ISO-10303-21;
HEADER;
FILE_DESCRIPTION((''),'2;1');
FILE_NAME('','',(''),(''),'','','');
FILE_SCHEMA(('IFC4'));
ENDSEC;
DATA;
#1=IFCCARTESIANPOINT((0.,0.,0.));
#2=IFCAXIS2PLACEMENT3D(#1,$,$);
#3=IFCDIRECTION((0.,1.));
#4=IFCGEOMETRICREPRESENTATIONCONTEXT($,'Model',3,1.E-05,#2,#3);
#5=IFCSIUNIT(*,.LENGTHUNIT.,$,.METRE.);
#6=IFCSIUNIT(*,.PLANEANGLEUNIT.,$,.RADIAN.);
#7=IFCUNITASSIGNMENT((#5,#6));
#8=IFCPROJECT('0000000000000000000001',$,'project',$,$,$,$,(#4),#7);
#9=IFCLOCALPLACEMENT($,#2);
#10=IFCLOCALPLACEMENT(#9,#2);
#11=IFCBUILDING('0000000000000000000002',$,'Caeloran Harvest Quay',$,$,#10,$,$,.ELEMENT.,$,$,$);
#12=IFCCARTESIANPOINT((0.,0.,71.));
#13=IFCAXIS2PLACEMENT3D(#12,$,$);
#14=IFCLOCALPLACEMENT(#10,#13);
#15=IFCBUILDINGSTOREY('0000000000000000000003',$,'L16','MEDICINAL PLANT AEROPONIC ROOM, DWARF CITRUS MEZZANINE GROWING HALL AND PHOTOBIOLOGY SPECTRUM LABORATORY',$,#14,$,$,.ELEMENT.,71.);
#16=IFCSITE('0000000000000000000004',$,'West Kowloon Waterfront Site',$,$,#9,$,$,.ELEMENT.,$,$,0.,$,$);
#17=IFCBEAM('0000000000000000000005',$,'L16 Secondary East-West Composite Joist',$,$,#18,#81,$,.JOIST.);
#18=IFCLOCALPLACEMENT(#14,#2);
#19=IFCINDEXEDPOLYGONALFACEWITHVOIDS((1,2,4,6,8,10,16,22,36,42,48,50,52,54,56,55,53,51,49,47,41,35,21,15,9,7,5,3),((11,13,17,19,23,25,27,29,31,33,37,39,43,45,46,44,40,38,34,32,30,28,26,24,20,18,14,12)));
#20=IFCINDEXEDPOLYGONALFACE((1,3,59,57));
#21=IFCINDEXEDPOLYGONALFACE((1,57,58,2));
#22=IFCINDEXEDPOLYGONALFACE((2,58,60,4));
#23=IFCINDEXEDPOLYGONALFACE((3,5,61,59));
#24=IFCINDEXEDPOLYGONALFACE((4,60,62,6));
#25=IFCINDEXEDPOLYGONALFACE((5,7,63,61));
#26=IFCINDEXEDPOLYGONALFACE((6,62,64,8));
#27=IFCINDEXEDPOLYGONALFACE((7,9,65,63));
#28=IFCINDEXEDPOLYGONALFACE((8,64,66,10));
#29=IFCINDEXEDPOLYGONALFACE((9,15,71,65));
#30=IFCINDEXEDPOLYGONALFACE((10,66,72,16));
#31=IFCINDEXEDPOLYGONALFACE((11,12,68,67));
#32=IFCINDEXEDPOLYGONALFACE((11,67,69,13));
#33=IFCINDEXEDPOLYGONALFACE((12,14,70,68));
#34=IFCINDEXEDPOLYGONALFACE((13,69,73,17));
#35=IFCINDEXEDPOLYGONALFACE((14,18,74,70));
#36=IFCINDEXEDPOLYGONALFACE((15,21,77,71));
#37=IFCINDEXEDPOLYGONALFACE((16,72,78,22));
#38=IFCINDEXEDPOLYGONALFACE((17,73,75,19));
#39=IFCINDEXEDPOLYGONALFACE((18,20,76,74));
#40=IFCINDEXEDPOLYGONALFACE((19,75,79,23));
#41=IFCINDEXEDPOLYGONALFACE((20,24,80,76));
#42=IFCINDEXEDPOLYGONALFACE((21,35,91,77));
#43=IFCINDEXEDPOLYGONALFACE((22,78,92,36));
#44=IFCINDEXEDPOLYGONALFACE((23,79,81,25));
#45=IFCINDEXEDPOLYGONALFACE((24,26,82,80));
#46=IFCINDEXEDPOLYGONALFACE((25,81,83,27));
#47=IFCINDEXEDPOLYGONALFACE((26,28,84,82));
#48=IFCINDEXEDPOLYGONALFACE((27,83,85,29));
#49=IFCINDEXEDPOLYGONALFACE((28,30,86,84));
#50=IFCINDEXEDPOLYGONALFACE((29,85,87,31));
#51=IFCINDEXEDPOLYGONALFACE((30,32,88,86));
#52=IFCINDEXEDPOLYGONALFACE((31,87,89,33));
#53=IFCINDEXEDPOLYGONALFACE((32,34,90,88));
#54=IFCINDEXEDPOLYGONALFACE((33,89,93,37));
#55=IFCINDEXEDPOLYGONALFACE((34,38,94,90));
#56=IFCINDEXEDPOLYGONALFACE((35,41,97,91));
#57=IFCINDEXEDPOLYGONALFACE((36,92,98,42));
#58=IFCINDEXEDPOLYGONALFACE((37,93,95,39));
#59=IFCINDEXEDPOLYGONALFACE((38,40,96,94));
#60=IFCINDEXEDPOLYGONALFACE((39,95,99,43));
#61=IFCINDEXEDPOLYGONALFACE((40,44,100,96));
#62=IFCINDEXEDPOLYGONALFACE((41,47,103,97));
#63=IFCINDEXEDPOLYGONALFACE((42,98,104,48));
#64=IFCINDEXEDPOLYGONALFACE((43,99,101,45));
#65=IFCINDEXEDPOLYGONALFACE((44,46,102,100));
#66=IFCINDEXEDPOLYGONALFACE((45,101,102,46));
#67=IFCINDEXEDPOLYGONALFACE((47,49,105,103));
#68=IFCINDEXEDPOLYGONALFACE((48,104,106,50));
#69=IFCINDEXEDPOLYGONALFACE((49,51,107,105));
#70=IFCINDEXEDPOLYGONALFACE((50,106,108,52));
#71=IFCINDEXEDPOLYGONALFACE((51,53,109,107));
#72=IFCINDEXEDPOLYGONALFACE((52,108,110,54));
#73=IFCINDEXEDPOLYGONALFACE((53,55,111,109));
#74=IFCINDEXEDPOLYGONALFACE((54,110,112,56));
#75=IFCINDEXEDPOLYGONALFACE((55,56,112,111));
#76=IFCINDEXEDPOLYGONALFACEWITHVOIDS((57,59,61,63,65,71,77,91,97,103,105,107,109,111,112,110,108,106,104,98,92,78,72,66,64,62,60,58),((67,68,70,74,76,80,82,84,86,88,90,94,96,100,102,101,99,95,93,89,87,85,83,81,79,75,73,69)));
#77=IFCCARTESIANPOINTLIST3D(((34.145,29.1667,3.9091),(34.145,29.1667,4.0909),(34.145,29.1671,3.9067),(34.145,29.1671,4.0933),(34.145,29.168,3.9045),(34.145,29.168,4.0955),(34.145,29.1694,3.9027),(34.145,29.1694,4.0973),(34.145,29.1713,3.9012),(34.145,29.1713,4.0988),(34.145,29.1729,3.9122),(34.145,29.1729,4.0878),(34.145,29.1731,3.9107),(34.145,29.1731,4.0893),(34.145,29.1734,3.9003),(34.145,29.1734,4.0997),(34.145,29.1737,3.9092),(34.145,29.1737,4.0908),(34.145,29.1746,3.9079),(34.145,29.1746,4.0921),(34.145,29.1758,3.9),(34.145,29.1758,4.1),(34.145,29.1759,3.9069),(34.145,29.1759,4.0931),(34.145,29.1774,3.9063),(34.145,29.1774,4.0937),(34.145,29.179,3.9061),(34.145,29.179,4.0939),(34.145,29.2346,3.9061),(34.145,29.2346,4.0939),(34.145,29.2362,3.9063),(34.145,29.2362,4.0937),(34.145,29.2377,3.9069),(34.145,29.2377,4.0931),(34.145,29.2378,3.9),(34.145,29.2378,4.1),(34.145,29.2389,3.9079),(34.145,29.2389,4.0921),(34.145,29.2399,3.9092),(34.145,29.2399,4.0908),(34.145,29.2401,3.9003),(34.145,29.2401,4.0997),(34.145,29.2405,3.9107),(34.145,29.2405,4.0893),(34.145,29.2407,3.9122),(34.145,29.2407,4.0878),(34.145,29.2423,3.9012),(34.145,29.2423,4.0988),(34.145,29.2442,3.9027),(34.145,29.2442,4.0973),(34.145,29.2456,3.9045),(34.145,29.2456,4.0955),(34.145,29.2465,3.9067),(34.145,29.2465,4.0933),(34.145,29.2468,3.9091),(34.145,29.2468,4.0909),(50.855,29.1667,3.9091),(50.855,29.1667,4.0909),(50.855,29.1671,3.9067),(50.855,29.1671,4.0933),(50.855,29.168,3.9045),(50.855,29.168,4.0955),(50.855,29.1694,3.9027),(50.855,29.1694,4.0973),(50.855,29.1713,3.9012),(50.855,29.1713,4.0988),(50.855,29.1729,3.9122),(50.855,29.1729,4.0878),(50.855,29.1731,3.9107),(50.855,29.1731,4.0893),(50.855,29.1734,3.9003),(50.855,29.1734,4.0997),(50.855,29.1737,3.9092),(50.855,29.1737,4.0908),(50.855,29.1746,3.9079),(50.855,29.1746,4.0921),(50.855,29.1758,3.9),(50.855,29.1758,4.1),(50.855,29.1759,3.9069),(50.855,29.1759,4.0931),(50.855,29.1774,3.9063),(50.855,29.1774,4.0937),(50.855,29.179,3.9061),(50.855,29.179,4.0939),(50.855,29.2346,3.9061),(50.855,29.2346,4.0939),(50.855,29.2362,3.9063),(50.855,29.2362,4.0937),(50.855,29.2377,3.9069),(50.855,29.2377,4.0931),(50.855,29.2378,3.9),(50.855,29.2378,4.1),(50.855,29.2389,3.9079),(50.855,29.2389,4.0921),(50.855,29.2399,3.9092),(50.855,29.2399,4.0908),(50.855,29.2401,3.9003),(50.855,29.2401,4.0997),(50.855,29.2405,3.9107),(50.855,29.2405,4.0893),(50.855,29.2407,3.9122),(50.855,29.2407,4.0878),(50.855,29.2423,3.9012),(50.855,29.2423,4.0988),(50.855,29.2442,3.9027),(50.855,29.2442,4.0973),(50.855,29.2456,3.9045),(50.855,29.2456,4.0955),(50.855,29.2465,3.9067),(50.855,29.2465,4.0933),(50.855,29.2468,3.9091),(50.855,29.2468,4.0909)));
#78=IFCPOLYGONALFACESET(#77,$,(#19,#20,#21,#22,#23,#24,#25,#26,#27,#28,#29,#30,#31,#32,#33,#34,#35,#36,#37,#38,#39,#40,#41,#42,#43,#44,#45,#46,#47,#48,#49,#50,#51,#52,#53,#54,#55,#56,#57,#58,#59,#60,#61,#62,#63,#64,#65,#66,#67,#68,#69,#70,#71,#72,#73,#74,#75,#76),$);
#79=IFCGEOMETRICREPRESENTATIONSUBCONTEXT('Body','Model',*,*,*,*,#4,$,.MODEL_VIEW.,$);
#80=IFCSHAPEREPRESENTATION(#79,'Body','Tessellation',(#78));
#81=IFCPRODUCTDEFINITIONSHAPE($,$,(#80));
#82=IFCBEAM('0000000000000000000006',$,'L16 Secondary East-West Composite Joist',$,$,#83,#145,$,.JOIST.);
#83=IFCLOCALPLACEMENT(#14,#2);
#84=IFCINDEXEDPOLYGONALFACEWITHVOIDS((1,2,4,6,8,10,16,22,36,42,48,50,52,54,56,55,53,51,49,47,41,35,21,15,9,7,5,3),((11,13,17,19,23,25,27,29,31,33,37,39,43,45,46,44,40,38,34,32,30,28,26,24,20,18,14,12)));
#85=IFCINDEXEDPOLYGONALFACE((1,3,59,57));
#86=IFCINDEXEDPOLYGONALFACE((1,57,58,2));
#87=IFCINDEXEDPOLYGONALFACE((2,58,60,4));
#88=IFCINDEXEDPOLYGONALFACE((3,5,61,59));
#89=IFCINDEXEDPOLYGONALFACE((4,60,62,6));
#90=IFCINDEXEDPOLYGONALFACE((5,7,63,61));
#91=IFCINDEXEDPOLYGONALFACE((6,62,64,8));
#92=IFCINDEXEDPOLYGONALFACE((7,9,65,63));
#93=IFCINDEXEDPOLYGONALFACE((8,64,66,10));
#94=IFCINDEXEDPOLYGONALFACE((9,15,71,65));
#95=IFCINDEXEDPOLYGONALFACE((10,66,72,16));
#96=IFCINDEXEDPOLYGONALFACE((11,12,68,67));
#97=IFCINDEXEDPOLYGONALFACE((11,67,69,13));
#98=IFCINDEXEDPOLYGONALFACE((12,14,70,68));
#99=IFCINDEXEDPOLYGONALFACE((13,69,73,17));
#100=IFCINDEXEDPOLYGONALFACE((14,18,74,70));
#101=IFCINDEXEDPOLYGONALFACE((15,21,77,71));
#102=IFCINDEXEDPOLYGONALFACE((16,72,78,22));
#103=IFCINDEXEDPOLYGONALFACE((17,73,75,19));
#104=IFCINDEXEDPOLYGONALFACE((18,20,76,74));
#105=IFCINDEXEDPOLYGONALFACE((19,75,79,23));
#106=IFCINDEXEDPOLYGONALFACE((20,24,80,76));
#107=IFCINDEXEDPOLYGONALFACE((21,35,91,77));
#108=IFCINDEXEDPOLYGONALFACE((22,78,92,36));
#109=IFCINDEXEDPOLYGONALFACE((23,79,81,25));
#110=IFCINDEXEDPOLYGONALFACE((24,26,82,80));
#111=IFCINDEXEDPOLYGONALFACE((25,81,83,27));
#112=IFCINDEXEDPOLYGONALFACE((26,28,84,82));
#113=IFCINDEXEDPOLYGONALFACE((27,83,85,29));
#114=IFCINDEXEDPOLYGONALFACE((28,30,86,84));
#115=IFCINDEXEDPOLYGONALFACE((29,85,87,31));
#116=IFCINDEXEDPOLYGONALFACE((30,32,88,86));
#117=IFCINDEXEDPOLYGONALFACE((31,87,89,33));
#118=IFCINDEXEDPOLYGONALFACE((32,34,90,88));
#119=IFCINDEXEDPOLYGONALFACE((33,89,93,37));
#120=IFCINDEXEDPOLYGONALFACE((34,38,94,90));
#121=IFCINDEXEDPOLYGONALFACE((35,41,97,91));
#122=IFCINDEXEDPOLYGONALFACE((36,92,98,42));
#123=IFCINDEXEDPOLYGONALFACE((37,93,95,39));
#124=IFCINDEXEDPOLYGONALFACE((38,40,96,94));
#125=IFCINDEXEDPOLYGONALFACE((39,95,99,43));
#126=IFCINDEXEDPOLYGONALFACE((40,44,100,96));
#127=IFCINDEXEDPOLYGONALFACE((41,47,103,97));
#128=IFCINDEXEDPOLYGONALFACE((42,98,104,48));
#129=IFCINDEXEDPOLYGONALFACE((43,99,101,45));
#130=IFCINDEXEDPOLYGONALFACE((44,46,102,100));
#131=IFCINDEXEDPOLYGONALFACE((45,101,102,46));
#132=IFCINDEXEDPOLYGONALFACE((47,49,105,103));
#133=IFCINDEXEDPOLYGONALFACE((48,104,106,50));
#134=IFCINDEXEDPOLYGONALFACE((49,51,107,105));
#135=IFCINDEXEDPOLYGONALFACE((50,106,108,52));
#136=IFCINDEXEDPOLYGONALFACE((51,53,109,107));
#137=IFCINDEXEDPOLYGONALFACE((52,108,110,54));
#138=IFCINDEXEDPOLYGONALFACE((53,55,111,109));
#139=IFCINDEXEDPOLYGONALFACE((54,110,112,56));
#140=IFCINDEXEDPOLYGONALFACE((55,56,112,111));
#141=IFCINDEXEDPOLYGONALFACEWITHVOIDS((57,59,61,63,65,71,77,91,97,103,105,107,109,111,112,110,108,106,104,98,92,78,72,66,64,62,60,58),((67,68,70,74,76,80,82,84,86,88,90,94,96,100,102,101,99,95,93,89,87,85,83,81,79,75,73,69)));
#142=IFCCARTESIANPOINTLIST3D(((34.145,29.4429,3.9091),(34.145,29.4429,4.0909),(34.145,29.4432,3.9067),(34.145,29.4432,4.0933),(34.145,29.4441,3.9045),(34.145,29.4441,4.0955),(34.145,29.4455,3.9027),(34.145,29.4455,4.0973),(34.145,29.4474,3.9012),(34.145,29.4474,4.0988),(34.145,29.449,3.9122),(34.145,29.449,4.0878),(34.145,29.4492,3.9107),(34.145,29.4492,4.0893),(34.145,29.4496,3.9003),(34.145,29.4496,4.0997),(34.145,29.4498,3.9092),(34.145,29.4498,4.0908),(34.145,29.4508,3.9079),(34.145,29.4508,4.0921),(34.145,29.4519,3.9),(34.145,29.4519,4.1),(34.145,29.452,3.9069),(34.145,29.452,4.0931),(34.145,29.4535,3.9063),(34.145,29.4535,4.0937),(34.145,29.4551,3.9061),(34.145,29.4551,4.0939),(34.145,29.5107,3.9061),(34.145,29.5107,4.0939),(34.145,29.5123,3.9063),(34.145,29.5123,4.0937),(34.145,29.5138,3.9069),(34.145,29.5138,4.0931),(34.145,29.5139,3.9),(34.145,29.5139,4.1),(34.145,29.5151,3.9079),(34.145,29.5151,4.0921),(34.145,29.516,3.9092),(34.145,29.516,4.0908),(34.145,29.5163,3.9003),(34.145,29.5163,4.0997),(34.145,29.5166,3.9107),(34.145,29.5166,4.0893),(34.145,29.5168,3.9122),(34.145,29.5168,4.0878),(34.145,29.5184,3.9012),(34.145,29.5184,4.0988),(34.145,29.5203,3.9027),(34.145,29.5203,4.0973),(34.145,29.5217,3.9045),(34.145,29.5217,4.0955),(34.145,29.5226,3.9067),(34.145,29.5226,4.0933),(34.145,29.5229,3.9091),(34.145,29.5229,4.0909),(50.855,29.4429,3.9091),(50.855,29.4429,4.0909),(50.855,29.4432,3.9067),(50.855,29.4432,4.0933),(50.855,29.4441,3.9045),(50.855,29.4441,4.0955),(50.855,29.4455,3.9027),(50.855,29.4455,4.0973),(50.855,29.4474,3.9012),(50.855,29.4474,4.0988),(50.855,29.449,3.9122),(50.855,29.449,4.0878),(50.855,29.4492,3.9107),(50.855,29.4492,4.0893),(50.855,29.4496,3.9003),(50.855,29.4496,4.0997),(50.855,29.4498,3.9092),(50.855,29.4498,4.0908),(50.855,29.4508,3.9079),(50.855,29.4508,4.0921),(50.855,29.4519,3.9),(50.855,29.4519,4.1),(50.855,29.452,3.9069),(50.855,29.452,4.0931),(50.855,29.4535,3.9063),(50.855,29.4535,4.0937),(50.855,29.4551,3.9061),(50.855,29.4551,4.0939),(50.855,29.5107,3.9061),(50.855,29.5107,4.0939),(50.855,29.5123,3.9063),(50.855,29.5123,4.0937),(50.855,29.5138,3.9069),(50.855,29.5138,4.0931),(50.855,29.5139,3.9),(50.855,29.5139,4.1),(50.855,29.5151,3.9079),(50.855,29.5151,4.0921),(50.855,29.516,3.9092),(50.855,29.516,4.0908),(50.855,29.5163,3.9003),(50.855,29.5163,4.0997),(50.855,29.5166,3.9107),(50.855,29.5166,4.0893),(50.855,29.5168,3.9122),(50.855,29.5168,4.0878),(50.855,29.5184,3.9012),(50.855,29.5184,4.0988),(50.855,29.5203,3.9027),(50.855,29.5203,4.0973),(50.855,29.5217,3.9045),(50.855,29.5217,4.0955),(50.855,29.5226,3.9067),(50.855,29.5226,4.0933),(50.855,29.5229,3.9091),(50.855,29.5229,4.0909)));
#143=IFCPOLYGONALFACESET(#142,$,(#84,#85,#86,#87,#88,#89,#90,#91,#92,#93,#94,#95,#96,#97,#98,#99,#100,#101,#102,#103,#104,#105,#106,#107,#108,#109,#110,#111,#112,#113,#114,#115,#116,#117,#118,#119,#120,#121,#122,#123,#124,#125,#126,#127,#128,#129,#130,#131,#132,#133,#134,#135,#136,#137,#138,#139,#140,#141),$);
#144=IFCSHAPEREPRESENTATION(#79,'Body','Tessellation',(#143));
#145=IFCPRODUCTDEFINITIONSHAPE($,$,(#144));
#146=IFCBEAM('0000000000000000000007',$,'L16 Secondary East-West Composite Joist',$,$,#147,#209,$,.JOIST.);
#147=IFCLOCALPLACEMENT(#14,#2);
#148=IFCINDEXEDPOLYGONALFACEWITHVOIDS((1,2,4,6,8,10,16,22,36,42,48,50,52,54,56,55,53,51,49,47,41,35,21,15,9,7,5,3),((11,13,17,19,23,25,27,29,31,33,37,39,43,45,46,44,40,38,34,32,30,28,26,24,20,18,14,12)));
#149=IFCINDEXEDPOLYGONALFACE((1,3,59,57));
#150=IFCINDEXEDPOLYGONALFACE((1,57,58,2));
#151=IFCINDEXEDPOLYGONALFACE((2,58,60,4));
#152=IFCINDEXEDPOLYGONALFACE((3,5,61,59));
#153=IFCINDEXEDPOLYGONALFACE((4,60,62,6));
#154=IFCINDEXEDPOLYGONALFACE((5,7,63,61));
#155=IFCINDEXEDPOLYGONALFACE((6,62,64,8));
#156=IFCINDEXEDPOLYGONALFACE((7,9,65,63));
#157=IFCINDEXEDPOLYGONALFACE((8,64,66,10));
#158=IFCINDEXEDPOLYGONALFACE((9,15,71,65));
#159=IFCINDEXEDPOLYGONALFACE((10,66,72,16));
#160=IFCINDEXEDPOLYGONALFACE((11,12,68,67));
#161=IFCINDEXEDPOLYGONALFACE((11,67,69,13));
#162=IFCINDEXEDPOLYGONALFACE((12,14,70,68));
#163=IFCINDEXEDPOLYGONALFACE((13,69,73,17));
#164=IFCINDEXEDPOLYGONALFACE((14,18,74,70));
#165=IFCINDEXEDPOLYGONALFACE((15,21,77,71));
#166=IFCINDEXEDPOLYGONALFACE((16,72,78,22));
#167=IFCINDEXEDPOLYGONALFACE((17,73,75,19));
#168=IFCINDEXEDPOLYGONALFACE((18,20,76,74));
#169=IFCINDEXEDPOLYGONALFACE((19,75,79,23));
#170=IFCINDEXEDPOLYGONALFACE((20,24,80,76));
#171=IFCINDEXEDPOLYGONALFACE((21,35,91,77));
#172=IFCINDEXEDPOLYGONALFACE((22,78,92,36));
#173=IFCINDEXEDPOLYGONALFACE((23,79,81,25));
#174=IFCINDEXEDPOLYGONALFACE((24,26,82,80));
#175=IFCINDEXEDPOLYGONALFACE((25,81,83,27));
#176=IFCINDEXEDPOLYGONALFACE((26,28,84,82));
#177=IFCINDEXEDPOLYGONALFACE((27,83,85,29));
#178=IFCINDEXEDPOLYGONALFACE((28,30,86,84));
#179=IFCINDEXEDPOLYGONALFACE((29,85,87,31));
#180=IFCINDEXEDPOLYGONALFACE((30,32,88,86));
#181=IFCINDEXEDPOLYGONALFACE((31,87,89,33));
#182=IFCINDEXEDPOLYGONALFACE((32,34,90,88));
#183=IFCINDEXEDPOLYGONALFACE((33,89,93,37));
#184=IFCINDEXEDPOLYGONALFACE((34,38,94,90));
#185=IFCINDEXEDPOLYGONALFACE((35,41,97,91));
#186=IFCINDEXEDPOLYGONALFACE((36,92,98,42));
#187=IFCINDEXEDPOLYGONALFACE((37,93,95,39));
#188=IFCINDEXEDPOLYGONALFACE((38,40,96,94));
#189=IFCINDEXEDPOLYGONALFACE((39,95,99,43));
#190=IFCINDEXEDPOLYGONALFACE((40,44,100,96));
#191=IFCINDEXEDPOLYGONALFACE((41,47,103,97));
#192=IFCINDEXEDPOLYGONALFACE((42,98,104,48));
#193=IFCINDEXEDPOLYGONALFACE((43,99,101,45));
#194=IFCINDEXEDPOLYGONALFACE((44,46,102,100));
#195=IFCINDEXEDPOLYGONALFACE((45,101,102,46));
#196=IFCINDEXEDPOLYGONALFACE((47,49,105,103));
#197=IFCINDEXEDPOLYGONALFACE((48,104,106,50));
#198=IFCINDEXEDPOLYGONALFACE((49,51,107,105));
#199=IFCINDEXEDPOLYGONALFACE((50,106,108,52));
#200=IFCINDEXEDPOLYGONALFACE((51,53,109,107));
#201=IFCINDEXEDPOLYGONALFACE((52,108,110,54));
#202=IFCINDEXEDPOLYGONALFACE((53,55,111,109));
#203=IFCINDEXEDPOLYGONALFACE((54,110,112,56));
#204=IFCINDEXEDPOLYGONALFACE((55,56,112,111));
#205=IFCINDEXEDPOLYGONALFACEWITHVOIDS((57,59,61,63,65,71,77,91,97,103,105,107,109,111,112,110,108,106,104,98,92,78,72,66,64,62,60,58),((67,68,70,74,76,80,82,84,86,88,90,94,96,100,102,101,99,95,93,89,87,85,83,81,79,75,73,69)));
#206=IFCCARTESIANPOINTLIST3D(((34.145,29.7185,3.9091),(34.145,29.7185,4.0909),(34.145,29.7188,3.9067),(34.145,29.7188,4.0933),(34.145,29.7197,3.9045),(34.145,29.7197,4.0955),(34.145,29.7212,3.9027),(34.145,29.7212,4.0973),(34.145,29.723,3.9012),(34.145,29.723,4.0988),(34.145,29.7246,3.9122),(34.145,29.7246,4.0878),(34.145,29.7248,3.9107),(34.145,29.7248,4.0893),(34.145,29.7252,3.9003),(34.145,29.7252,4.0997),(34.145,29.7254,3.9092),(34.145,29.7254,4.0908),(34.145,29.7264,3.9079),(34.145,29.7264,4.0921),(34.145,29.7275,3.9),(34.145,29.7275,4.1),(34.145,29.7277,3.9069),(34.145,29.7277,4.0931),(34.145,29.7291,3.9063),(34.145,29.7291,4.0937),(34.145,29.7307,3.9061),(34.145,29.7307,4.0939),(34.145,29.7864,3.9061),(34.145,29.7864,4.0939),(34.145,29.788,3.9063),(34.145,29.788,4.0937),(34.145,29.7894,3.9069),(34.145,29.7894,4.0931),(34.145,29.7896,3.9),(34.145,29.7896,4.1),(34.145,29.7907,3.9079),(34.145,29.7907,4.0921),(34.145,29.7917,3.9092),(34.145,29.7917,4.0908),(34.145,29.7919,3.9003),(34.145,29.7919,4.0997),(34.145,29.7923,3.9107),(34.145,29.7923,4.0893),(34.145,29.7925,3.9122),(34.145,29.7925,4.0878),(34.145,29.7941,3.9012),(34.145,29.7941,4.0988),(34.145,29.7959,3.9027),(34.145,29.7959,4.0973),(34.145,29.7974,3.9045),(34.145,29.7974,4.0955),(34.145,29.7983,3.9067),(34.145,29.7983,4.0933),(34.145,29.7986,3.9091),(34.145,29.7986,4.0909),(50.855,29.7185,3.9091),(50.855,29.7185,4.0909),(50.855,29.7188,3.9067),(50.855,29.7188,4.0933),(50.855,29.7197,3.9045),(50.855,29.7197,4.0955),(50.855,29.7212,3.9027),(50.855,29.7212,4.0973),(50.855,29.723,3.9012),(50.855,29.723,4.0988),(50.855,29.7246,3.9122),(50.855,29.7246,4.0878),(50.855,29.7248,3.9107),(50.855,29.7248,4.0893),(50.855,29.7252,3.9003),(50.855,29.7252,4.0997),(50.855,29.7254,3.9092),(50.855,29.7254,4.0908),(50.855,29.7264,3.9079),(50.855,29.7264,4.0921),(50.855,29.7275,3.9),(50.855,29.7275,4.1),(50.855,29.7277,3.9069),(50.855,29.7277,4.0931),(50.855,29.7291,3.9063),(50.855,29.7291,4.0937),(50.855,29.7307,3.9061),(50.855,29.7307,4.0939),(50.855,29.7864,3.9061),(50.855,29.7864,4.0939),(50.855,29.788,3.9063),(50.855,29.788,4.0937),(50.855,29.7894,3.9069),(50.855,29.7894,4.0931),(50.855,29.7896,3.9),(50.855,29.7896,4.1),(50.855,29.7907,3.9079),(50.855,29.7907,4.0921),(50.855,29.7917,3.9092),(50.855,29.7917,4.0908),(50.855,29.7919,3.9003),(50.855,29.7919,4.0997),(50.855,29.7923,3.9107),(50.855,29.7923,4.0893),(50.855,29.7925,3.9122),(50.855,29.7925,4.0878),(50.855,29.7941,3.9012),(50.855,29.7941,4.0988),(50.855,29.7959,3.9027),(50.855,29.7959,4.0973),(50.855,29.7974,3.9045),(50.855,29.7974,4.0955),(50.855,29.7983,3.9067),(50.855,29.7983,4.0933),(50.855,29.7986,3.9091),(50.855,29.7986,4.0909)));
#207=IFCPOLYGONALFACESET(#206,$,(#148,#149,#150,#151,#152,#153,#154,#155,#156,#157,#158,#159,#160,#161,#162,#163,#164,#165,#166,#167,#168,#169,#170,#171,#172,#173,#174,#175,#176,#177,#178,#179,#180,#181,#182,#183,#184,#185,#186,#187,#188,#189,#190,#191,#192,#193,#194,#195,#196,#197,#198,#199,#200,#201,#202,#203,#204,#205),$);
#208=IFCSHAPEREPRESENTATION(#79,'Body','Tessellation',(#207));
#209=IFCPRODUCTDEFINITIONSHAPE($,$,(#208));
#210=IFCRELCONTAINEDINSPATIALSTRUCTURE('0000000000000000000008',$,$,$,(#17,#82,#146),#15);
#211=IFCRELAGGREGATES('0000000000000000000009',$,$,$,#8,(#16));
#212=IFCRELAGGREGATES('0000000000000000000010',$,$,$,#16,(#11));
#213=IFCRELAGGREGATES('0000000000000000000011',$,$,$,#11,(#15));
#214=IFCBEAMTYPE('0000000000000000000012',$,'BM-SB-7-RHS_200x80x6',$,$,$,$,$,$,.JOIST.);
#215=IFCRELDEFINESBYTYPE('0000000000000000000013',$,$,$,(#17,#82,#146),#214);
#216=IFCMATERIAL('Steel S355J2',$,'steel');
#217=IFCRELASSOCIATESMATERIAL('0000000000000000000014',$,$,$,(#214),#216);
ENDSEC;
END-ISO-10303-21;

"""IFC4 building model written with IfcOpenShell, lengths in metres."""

from ifc_helpers import new_model, si_unit, direction, frame, origin, origin_2d, place, context, subcontext, project, spatial, hollow_rectangle, extrude, material, material_profile, profile_set, type_object, element, save


model = new_model("IFC4")

# Units and contexts
model_context = context("Model", 3, precision=1e-05, world=origin(), true_north=direction((0.0, 1.0)))
body_context = subcontext(model_context, "Body", "Model", "MODEL_VIEW")
ifc_project = project(units=[si_unit("LENGTHUNIT", "METRE"), si_unit("PLANEANGLEUNIT", "RADIAN")], contexts=[model_context])

# Site, building, storey
site_placement = place(None, origin())
site = spatial("IfcSite", under=ifc_project, at=site_placement, Name="West Kowloon Waterfront Site", CompositionType="ELEMENT", RefElevation=0.0)
building_placement = place(site_placement, origin())
building = spatial("IfcBuilding", under=site, at=building_placement, Name="Caeloran Harvest Quay", CompositionType="ELEMENT")
storey_placement = place(building_placement, frame((0.0, 0.0, 71.0)))
storey = spatial("IfcBuildingStorey", under=building, at=storey_placement, Name="L16", Description="MEDICINAL PLANT AEROPONIC ROOM, DWARF CITRUS MEZZANINE GROWING HALL AND PHOTOBIOLOGY SPECTRUM LABORATORY", CompositionType="ELEMENT", Elevation=71.0)

# Beams
ifc_material_1 = material(Name="Steel S355J2", Category="steel")
ifc_material_profile_1 = material_profile(ifc_material_1, hollow_rectangle(XDim=0.0801, YDim=0.2, WallThickness=0.0061, InnerFilletRadius=0.0061, OuterFilletRadius=0.009, at=origin_2d()), Name="RHS 200x80x6")
ifc_profile_set_1 = profile_set([ifc_material_profile_1], Name="Steel S355J2")
beam_type_1 = type_object("IfcBeamType", Name="BM-SB-7-RHS_200x80x6", PredefinedType="JOIST", material=ifc_profile_set_1)
for number, where, z_axis, x_axis, name in (
    (1, (34.145, 29.2068, 4.0), (1.0, 0.0, 0.0), (0.0, 1.0, 0.0), "L16 Secondary East-West Composite Joist"),
    (2, (34.145, 29.4829, 4.0), (1.0, 0.0, 0.0), (0.0, 1.0, 0.0), "L16 Secondary East-West Composite Joist"),
    (3, (34.145, 29.7585, 4.0), (1.0, 0.0, 0.0), (0.0, 1.0, 0.0), "L16 Secondary East-West Composite Joist"),
):
    element("IfcBeam", number, at=place(storey_placement, frame(where, z_axis=z_axis, x_axis=x_axis)), inside=storey, type_object=beam_type_1, Name=name, PredefinedType="JOIST", context=body_context, shape_type="SweptSolid", body=[
        extrude(hollow_rectangle(XDim=0.0801, YDim=0.2, WallThickness=0.0061, InnerFilletRadius=0.0061, OuterFilletRadius=0.009, at=origin_2d()), origin(), (0.0, 0.0, 1.0), 16.71),
    ])

save(model, "model.ifc")
